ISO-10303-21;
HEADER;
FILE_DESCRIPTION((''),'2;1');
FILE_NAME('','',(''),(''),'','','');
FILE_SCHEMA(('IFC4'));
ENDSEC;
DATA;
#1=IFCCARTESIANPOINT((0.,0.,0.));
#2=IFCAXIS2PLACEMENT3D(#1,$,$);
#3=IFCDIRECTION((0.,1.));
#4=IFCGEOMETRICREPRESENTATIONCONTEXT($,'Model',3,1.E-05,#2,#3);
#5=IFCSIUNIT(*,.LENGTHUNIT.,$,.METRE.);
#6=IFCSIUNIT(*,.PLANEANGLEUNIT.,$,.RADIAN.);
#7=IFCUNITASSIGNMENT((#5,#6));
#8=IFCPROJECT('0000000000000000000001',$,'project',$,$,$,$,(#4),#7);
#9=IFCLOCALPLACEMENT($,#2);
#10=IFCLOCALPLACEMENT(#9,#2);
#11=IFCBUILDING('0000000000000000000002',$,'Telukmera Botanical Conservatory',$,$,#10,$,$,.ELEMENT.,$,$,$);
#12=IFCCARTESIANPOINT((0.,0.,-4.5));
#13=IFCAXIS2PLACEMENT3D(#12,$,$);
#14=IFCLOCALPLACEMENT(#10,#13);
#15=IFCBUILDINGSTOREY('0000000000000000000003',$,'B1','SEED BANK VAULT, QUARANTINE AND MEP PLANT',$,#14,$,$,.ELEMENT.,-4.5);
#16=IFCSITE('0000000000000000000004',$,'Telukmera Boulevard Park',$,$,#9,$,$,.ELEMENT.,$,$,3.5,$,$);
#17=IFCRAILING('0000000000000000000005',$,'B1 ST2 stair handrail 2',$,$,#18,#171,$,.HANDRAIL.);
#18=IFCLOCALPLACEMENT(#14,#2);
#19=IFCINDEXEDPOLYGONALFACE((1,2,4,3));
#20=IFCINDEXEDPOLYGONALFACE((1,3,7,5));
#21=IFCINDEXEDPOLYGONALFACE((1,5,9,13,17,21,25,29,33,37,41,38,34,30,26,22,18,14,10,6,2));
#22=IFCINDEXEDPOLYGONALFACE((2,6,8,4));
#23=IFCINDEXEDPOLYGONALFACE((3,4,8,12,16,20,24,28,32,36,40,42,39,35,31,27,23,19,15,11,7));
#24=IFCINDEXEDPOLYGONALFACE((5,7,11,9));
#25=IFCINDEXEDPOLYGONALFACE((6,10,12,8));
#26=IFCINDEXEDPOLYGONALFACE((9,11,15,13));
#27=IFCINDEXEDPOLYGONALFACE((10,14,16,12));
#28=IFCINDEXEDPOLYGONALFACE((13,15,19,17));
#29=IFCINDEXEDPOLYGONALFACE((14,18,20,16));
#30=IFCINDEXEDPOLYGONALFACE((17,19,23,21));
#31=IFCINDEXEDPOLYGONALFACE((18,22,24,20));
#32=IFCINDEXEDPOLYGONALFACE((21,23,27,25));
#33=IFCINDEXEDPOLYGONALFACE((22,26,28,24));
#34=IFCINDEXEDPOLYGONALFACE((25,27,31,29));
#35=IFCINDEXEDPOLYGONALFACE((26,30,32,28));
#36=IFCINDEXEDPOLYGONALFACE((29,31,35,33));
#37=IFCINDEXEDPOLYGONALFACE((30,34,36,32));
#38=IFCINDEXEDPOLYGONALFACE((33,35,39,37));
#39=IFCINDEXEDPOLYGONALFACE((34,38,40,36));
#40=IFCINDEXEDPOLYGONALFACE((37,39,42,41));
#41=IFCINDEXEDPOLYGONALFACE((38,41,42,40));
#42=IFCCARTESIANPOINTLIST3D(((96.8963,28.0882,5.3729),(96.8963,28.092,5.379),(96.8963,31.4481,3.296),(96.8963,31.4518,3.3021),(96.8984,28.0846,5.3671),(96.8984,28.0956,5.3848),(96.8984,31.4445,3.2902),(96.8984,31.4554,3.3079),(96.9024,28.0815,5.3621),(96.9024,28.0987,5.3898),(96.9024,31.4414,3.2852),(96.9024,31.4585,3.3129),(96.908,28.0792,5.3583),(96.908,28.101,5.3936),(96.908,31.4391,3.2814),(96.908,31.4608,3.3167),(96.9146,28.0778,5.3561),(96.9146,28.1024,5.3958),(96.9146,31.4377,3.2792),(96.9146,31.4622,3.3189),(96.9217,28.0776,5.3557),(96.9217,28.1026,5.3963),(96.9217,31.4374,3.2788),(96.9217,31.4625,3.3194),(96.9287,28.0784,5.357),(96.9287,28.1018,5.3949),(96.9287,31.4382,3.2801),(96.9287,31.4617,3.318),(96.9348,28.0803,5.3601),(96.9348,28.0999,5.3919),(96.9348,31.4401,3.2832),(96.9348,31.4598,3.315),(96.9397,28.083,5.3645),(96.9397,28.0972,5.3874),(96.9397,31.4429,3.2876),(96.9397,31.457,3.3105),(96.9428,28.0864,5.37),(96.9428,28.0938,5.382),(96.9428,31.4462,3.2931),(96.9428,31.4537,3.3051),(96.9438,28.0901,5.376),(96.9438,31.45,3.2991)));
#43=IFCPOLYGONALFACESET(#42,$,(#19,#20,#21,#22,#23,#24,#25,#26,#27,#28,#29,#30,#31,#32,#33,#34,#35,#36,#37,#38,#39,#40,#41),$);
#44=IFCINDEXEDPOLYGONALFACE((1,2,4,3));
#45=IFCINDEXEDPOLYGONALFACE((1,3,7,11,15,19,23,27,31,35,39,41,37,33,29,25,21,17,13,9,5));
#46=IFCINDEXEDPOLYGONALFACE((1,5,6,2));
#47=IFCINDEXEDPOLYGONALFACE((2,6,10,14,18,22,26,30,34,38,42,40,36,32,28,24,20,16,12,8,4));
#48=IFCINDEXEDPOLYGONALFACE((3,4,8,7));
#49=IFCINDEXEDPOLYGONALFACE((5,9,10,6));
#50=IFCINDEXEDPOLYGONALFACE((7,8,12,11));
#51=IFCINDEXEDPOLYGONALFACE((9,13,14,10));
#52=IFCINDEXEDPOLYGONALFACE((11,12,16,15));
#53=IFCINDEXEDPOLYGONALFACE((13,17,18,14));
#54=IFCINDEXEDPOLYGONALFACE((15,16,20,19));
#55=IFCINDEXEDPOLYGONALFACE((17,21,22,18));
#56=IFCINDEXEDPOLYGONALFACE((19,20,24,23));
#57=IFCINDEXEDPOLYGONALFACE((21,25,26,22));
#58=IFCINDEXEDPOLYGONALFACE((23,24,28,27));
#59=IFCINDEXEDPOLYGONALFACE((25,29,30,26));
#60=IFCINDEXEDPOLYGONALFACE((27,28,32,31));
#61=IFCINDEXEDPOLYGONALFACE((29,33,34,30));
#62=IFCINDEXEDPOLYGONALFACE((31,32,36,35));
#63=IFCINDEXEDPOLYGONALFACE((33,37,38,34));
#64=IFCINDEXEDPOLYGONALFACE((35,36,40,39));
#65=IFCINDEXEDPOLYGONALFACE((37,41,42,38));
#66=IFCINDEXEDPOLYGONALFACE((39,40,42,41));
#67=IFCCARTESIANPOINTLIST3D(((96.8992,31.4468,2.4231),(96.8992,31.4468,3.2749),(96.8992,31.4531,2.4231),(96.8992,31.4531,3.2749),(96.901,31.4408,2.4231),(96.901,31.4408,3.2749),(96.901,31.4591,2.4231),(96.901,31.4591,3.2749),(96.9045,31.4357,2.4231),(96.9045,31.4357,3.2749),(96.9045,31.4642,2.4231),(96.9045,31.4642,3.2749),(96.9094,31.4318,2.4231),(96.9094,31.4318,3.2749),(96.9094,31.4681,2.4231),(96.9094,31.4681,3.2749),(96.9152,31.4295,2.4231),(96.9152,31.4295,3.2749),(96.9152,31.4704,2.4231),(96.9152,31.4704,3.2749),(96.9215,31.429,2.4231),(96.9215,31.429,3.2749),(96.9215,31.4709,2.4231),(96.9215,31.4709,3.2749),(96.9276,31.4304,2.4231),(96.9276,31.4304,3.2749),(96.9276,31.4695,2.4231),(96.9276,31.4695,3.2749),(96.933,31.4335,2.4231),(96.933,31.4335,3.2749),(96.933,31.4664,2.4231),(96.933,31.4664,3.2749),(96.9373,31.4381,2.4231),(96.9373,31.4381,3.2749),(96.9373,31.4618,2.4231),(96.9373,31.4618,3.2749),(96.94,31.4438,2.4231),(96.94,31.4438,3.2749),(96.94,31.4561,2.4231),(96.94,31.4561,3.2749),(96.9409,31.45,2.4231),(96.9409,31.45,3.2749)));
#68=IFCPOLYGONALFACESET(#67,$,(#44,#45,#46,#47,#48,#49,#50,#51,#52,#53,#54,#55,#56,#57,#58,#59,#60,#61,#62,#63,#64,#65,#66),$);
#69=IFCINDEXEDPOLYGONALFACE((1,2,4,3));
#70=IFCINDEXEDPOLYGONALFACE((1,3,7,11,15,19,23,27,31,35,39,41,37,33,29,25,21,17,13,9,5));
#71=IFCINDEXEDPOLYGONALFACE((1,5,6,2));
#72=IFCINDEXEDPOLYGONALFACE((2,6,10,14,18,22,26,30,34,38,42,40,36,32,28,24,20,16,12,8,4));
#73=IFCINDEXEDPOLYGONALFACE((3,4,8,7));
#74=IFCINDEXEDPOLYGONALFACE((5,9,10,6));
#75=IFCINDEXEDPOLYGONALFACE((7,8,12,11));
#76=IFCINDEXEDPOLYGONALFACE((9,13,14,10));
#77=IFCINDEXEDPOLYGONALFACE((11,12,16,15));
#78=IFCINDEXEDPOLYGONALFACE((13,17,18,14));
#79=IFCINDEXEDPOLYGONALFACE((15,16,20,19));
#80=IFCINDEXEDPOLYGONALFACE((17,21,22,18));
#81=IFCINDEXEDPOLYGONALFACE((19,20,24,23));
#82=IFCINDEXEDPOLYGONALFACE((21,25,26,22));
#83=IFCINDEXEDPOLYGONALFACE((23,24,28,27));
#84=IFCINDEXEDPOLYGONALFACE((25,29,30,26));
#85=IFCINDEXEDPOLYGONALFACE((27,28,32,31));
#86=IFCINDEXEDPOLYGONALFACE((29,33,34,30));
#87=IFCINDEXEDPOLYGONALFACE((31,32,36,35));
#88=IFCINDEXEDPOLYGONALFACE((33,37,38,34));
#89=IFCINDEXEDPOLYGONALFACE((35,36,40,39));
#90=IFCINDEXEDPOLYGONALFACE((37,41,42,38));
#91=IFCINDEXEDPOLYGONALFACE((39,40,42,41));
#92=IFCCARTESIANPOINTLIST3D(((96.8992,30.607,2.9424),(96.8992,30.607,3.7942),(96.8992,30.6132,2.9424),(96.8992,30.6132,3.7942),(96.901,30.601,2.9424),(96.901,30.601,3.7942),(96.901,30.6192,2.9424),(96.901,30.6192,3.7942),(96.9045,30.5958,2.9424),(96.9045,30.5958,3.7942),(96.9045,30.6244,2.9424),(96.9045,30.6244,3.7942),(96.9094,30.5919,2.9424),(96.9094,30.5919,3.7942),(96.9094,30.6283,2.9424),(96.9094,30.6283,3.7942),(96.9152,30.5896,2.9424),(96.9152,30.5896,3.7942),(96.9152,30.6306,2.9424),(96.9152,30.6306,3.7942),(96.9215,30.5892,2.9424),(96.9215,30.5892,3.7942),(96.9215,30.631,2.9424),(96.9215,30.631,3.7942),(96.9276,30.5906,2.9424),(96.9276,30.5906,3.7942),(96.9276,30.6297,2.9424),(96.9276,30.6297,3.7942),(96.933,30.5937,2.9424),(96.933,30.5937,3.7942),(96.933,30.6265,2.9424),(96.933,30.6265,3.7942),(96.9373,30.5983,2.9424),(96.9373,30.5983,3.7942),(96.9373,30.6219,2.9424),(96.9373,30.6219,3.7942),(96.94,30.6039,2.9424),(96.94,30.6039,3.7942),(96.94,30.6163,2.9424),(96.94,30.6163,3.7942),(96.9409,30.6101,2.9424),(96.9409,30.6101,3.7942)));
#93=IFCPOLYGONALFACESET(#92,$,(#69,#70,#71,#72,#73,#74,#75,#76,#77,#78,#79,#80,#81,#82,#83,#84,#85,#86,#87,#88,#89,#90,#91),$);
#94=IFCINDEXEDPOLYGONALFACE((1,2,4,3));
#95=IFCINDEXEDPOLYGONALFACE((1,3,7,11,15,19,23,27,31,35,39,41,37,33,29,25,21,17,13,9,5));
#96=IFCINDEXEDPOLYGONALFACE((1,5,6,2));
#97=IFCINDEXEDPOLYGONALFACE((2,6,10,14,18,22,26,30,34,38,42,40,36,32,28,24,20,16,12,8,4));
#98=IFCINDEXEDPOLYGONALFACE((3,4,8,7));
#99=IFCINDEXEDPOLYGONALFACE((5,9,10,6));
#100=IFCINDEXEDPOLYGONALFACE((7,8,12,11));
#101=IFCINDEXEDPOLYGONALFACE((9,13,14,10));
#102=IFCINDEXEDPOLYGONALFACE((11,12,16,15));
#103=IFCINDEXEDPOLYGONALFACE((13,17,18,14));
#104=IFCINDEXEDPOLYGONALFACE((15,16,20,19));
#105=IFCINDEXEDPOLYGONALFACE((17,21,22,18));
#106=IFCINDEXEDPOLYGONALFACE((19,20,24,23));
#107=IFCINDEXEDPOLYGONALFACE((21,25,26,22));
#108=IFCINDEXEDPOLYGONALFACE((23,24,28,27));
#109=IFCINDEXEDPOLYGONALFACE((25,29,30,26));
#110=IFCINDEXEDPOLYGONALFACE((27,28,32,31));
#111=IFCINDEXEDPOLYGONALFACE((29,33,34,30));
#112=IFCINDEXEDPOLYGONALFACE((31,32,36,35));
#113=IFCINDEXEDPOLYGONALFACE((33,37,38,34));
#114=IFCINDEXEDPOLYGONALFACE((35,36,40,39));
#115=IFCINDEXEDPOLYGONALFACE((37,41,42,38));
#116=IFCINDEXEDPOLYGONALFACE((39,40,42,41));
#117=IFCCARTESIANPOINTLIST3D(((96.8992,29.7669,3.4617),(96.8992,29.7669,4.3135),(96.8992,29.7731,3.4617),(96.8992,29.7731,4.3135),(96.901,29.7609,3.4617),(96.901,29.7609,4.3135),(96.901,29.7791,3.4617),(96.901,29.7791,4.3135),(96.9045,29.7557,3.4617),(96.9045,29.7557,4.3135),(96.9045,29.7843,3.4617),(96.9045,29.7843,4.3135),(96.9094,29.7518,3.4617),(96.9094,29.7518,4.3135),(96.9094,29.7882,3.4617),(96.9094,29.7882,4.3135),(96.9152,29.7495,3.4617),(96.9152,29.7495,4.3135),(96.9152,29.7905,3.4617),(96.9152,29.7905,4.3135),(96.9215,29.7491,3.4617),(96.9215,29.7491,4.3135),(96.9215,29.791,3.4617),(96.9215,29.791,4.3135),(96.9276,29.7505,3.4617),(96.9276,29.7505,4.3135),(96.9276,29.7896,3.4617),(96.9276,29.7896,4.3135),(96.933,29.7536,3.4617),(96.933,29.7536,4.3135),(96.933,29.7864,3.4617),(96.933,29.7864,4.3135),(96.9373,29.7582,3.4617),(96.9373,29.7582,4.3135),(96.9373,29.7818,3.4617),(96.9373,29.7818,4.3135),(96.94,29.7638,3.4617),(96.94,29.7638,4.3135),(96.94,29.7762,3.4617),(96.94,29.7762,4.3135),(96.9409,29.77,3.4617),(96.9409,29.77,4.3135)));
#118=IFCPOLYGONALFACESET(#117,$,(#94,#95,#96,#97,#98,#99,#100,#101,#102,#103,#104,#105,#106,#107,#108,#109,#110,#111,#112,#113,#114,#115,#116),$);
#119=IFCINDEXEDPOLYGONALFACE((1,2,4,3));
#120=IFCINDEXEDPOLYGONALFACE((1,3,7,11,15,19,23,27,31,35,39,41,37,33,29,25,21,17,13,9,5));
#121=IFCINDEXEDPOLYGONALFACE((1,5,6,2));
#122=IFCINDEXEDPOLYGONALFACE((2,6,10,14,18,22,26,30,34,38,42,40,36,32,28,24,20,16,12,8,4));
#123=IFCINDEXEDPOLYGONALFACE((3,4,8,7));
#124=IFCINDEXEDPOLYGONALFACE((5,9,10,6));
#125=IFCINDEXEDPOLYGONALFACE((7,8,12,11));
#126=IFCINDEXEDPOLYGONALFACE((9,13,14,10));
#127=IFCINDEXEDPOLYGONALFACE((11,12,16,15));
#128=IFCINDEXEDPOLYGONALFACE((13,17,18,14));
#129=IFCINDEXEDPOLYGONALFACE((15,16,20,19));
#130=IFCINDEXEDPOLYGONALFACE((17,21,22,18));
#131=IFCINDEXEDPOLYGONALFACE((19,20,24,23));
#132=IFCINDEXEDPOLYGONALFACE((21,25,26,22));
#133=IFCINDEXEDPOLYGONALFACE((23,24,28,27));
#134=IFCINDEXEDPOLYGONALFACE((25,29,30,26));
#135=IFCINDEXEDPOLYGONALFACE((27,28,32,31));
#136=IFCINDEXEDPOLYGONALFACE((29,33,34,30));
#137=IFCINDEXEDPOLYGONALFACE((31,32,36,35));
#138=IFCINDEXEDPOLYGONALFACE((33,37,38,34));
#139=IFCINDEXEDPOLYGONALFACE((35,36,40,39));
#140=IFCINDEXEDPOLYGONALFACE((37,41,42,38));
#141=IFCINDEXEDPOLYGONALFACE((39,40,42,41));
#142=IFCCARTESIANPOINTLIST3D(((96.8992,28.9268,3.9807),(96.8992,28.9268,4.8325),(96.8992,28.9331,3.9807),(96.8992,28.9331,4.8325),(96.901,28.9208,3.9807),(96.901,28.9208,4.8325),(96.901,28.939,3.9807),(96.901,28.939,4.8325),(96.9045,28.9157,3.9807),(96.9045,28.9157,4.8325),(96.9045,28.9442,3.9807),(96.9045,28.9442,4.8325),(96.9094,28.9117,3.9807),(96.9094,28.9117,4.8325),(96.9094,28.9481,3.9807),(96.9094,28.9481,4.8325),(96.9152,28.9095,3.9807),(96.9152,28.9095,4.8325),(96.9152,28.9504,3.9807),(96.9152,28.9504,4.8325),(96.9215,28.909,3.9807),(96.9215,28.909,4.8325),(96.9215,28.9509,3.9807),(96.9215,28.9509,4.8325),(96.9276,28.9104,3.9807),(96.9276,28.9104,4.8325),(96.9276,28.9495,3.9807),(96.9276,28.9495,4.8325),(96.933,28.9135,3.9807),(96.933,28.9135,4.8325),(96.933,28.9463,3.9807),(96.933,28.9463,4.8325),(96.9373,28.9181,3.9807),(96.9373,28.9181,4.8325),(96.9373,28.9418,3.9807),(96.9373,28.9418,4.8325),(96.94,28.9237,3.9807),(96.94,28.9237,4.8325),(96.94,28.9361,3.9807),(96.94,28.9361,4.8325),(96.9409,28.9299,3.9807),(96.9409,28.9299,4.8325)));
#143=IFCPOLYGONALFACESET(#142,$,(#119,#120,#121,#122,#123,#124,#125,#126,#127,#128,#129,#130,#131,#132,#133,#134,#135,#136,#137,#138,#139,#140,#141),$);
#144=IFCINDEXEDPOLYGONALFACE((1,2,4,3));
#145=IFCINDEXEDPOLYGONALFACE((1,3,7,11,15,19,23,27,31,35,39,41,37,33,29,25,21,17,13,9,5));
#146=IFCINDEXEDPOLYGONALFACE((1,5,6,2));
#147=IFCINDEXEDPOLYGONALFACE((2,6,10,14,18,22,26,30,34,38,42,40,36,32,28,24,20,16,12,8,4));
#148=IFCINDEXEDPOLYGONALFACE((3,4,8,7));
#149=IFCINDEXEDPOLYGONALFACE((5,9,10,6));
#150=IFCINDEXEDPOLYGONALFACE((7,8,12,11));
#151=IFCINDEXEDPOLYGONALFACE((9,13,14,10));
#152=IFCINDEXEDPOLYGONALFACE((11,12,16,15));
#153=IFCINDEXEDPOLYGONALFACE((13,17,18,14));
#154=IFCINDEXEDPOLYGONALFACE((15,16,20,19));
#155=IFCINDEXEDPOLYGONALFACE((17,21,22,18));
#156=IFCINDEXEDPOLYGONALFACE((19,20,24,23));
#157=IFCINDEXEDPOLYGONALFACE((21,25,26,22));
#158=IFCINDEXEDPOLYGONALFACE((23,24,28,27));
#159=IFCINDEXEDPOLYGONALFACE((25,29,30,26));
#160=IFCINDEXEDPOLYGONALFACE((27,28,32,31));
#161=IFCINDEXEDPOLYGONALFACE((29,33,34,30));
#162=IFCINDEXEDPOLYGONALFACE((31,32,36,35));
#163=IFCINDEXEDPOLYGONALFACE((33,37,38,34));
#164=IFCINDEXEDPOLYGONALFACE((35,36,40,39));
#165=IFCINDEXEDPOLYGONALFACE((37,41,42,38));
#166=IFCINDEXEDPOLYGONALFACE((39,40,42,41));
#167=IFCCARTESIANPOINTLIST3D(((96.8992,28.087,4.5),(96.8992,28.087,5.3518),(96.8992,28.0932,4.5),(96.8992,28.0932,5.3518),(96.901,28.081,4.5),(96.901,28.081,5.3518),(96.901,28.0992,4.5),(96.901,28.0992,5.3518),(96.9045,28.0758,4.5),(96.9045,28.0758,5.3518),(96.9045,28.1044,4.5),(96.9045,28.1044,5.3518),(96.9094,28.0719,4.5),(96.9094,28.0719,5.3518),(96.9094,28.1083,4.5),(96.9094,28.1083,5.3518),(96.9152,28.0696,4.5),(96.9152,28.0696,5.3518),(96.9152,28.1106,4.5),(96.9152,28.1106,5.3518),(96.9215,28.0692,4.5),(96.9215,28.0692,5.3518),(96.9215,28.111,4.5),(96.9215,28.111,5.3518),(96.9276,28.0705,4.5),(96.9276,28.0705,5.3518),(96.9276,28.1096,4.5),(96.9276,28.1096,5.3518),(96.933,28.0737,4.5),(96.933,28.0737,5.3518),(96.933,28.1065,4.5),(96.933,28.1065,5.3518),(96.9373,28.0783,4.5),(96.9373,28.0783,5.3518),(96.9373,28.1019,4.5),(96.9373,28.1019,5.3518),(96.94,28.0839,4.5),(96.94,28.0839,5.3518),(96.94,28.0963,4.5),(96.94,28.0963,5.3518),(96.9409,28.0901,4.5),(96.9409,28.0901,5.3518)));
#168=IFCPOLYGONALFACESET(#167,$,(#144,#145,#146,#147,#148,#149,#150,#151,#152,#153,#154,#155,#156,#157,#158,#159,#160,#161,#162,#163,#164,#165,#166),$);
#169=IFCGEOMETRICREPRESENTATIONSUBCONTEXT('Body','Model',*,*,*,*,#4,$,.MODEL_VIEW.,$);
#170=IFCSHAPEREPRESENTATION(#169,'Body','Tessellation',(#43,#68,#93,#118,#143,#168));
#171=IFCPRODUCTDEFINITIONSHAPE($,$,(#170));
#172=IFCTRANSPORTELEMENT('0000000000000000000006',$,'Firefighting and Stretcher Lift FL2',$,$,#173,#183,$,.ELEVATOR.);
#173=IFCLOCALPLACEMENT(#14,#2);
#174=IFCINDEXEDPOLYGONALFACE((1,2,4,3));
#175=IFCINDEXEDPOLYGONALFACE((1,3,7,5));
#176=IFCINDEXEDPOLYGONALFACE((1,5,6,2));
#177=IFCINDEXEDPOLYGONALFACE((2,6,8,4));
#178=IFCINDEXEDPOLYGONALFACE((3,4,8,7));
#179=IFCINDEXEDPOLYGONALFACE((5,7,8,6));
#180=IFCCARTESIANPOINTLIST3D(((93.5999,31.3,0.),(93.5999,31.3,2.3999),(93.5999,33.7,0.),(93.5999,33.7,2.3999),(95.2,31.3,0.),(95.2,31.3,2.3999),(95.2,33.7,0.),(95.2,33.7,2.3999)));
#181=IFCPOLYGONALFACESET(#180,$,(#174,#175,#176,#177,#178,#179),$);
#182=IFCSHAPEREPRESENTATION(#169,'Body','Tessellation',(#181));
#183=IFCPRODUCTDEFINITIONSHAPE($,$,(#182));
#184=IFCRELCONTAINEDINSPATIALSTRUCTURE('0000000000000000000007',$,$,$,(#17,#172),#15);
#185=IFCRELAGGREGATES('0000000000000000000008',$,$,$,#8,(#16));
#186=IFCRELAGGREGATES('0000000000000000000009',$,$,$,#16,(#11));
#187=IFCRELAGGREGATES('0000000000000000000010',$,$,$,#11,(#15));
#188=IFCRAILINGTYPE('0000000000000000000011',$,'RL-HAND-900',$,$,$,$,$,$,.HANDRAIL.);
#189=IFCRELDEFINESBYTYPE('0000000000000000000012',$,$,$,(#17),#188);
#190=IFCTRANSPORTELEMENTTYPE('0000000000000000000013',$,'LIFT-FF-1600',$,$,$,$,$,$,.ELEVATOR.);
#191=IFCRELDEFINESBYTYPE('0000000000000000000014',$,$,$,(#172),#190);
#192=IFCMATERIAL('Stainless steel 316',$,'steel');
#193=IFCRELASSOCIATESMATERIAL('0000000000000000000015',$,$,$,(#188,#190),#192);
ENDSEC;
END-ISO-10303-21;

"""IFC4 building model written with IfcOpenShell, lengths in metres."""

from ifc_helpers import new_model, si_unit, direction, frame, origin, origin_2d, place, context, subcontext, project, spatial, rectangle, circle, extrude, material, type_object, element, save


model = new_model("IFC4")

# Units and contexts
model_context = context("Model", 3, precision=1e-05, world=origin(), true_north=direction((0.0, 1.0)))
body_context = subcontext(model_context, "Body", "Model", "MODEL_VIEW")
ifc_project = project(units=[si_unit("LENGTHUNIT", "METRE"), si_unit("PLANEANGLEUNIT", "RADIAN")], contexts=[model_context])

# Site, building, storey
site_placement = place(None, origin())
site = spatial("IfcSite", under=ifc_project, at=site_placement, Name="Telukmera Boulevard Park", CompositionType="ELEMENT", RefElevation=3.5)
building_placement = place(site_placement, origin())
building = spatial("IfcBuilding", under=site, at=building_placement, Name="Telukmera Botanical Conservatory", CompositionType="ELEMENT")
storey_placement = place(building_placement, frame((0.0, 0.0, -4.5)))
storey = spatial("IfcBuildingStorey", under=building, at=storey_placement, Name="B1", Description="SEED BANK VAULT, QUARANTINE AND MEP PLANT", CompositionType="ELEMENT", Elevation=-4.5)

# Shared definitions
ifc_material_1 = material(Name="Stainless steel 316", Category="steel")

# Railing
railing_type_1 = type_object("IfcRailingType", Name="RL-HAND-900", PredefinedType="HANDRAIL", material=ifc_material_1)
railing_1_placement = place(storey_placement, frame((96.9199, 31.45, 2.4231)))
element("IfcRailing", 1, at=railing_1_placement, inside=storey, type_object=railing_type_1, Name="B1 ST2 stair handrail 2", PredefinedType="HANDRAIL", context=body_context, shape_type="SweptSolid", body=[
    extrude(circle(Radius=0.0239, at=origin_2d()), frame((0.0, 0.0, 0.876), z_axis=(0.0, -0.850606, 0.525803), x_axis=(1.0, 0.0, 0.0)), (0.0, 0.0, 1.0), 3.95),
    extrude(circle(Radius=0.021, at=origin_2d()), origin(), (0.0, 0.0, 1.0), 0.8518),
    extrude(circle(Radius=0.021, at=origin_2d()), frame((0.0, -0.8398, 0.5193)), (0.0, 0.0, 1.0), 0.8518),
    extrude(circle(Radius=0.021, at=origin_2d()), frame((0.0, -1.6799, 1.0386)), (0.0, 0.0, 1.0), 0.8518),
    extrude(circle(Radius=0.021, at=origin_2d()), frame((0.0, -2.52, 1.5576)), (0.0, 0.0, 1.0), 0.8518),
    extrude(circle(Radius=0.021, at=origin_2d()), frame((0.0, -3.3599, 2.0769)), (0.0, 0.0, 1.0), 0.8518),
])

# Transport element
transport_element_type = type_object("IfcTransportElementType", Name="LIFT-FF-1600", PredefinedType="ELEVATOR", material=ifc_material_1)
transport_element_placement = place(storey_placement, frame((94.3999, 32.5, 0.0), z_axis=(0.0, 0.0, 1.0), x_axis=(1.0, 0.0, 0.0)))
element("IfcTransportElement", 2, at=transport_element_placement, inside=storey, type_object=transport_element_type, Name="Firefighting and Stretcher Lift FL2", PredefinedType="ELEVATOR", context=body_context, shape_type="SweptSolid", body=[
    extrude(rectangle(XDim=1.6001, YDim=2.3999, at=origin_2d()), origin(), (0.0, 0.0, 1.0), 2.3999),
])

save(model, "model.ifc")
